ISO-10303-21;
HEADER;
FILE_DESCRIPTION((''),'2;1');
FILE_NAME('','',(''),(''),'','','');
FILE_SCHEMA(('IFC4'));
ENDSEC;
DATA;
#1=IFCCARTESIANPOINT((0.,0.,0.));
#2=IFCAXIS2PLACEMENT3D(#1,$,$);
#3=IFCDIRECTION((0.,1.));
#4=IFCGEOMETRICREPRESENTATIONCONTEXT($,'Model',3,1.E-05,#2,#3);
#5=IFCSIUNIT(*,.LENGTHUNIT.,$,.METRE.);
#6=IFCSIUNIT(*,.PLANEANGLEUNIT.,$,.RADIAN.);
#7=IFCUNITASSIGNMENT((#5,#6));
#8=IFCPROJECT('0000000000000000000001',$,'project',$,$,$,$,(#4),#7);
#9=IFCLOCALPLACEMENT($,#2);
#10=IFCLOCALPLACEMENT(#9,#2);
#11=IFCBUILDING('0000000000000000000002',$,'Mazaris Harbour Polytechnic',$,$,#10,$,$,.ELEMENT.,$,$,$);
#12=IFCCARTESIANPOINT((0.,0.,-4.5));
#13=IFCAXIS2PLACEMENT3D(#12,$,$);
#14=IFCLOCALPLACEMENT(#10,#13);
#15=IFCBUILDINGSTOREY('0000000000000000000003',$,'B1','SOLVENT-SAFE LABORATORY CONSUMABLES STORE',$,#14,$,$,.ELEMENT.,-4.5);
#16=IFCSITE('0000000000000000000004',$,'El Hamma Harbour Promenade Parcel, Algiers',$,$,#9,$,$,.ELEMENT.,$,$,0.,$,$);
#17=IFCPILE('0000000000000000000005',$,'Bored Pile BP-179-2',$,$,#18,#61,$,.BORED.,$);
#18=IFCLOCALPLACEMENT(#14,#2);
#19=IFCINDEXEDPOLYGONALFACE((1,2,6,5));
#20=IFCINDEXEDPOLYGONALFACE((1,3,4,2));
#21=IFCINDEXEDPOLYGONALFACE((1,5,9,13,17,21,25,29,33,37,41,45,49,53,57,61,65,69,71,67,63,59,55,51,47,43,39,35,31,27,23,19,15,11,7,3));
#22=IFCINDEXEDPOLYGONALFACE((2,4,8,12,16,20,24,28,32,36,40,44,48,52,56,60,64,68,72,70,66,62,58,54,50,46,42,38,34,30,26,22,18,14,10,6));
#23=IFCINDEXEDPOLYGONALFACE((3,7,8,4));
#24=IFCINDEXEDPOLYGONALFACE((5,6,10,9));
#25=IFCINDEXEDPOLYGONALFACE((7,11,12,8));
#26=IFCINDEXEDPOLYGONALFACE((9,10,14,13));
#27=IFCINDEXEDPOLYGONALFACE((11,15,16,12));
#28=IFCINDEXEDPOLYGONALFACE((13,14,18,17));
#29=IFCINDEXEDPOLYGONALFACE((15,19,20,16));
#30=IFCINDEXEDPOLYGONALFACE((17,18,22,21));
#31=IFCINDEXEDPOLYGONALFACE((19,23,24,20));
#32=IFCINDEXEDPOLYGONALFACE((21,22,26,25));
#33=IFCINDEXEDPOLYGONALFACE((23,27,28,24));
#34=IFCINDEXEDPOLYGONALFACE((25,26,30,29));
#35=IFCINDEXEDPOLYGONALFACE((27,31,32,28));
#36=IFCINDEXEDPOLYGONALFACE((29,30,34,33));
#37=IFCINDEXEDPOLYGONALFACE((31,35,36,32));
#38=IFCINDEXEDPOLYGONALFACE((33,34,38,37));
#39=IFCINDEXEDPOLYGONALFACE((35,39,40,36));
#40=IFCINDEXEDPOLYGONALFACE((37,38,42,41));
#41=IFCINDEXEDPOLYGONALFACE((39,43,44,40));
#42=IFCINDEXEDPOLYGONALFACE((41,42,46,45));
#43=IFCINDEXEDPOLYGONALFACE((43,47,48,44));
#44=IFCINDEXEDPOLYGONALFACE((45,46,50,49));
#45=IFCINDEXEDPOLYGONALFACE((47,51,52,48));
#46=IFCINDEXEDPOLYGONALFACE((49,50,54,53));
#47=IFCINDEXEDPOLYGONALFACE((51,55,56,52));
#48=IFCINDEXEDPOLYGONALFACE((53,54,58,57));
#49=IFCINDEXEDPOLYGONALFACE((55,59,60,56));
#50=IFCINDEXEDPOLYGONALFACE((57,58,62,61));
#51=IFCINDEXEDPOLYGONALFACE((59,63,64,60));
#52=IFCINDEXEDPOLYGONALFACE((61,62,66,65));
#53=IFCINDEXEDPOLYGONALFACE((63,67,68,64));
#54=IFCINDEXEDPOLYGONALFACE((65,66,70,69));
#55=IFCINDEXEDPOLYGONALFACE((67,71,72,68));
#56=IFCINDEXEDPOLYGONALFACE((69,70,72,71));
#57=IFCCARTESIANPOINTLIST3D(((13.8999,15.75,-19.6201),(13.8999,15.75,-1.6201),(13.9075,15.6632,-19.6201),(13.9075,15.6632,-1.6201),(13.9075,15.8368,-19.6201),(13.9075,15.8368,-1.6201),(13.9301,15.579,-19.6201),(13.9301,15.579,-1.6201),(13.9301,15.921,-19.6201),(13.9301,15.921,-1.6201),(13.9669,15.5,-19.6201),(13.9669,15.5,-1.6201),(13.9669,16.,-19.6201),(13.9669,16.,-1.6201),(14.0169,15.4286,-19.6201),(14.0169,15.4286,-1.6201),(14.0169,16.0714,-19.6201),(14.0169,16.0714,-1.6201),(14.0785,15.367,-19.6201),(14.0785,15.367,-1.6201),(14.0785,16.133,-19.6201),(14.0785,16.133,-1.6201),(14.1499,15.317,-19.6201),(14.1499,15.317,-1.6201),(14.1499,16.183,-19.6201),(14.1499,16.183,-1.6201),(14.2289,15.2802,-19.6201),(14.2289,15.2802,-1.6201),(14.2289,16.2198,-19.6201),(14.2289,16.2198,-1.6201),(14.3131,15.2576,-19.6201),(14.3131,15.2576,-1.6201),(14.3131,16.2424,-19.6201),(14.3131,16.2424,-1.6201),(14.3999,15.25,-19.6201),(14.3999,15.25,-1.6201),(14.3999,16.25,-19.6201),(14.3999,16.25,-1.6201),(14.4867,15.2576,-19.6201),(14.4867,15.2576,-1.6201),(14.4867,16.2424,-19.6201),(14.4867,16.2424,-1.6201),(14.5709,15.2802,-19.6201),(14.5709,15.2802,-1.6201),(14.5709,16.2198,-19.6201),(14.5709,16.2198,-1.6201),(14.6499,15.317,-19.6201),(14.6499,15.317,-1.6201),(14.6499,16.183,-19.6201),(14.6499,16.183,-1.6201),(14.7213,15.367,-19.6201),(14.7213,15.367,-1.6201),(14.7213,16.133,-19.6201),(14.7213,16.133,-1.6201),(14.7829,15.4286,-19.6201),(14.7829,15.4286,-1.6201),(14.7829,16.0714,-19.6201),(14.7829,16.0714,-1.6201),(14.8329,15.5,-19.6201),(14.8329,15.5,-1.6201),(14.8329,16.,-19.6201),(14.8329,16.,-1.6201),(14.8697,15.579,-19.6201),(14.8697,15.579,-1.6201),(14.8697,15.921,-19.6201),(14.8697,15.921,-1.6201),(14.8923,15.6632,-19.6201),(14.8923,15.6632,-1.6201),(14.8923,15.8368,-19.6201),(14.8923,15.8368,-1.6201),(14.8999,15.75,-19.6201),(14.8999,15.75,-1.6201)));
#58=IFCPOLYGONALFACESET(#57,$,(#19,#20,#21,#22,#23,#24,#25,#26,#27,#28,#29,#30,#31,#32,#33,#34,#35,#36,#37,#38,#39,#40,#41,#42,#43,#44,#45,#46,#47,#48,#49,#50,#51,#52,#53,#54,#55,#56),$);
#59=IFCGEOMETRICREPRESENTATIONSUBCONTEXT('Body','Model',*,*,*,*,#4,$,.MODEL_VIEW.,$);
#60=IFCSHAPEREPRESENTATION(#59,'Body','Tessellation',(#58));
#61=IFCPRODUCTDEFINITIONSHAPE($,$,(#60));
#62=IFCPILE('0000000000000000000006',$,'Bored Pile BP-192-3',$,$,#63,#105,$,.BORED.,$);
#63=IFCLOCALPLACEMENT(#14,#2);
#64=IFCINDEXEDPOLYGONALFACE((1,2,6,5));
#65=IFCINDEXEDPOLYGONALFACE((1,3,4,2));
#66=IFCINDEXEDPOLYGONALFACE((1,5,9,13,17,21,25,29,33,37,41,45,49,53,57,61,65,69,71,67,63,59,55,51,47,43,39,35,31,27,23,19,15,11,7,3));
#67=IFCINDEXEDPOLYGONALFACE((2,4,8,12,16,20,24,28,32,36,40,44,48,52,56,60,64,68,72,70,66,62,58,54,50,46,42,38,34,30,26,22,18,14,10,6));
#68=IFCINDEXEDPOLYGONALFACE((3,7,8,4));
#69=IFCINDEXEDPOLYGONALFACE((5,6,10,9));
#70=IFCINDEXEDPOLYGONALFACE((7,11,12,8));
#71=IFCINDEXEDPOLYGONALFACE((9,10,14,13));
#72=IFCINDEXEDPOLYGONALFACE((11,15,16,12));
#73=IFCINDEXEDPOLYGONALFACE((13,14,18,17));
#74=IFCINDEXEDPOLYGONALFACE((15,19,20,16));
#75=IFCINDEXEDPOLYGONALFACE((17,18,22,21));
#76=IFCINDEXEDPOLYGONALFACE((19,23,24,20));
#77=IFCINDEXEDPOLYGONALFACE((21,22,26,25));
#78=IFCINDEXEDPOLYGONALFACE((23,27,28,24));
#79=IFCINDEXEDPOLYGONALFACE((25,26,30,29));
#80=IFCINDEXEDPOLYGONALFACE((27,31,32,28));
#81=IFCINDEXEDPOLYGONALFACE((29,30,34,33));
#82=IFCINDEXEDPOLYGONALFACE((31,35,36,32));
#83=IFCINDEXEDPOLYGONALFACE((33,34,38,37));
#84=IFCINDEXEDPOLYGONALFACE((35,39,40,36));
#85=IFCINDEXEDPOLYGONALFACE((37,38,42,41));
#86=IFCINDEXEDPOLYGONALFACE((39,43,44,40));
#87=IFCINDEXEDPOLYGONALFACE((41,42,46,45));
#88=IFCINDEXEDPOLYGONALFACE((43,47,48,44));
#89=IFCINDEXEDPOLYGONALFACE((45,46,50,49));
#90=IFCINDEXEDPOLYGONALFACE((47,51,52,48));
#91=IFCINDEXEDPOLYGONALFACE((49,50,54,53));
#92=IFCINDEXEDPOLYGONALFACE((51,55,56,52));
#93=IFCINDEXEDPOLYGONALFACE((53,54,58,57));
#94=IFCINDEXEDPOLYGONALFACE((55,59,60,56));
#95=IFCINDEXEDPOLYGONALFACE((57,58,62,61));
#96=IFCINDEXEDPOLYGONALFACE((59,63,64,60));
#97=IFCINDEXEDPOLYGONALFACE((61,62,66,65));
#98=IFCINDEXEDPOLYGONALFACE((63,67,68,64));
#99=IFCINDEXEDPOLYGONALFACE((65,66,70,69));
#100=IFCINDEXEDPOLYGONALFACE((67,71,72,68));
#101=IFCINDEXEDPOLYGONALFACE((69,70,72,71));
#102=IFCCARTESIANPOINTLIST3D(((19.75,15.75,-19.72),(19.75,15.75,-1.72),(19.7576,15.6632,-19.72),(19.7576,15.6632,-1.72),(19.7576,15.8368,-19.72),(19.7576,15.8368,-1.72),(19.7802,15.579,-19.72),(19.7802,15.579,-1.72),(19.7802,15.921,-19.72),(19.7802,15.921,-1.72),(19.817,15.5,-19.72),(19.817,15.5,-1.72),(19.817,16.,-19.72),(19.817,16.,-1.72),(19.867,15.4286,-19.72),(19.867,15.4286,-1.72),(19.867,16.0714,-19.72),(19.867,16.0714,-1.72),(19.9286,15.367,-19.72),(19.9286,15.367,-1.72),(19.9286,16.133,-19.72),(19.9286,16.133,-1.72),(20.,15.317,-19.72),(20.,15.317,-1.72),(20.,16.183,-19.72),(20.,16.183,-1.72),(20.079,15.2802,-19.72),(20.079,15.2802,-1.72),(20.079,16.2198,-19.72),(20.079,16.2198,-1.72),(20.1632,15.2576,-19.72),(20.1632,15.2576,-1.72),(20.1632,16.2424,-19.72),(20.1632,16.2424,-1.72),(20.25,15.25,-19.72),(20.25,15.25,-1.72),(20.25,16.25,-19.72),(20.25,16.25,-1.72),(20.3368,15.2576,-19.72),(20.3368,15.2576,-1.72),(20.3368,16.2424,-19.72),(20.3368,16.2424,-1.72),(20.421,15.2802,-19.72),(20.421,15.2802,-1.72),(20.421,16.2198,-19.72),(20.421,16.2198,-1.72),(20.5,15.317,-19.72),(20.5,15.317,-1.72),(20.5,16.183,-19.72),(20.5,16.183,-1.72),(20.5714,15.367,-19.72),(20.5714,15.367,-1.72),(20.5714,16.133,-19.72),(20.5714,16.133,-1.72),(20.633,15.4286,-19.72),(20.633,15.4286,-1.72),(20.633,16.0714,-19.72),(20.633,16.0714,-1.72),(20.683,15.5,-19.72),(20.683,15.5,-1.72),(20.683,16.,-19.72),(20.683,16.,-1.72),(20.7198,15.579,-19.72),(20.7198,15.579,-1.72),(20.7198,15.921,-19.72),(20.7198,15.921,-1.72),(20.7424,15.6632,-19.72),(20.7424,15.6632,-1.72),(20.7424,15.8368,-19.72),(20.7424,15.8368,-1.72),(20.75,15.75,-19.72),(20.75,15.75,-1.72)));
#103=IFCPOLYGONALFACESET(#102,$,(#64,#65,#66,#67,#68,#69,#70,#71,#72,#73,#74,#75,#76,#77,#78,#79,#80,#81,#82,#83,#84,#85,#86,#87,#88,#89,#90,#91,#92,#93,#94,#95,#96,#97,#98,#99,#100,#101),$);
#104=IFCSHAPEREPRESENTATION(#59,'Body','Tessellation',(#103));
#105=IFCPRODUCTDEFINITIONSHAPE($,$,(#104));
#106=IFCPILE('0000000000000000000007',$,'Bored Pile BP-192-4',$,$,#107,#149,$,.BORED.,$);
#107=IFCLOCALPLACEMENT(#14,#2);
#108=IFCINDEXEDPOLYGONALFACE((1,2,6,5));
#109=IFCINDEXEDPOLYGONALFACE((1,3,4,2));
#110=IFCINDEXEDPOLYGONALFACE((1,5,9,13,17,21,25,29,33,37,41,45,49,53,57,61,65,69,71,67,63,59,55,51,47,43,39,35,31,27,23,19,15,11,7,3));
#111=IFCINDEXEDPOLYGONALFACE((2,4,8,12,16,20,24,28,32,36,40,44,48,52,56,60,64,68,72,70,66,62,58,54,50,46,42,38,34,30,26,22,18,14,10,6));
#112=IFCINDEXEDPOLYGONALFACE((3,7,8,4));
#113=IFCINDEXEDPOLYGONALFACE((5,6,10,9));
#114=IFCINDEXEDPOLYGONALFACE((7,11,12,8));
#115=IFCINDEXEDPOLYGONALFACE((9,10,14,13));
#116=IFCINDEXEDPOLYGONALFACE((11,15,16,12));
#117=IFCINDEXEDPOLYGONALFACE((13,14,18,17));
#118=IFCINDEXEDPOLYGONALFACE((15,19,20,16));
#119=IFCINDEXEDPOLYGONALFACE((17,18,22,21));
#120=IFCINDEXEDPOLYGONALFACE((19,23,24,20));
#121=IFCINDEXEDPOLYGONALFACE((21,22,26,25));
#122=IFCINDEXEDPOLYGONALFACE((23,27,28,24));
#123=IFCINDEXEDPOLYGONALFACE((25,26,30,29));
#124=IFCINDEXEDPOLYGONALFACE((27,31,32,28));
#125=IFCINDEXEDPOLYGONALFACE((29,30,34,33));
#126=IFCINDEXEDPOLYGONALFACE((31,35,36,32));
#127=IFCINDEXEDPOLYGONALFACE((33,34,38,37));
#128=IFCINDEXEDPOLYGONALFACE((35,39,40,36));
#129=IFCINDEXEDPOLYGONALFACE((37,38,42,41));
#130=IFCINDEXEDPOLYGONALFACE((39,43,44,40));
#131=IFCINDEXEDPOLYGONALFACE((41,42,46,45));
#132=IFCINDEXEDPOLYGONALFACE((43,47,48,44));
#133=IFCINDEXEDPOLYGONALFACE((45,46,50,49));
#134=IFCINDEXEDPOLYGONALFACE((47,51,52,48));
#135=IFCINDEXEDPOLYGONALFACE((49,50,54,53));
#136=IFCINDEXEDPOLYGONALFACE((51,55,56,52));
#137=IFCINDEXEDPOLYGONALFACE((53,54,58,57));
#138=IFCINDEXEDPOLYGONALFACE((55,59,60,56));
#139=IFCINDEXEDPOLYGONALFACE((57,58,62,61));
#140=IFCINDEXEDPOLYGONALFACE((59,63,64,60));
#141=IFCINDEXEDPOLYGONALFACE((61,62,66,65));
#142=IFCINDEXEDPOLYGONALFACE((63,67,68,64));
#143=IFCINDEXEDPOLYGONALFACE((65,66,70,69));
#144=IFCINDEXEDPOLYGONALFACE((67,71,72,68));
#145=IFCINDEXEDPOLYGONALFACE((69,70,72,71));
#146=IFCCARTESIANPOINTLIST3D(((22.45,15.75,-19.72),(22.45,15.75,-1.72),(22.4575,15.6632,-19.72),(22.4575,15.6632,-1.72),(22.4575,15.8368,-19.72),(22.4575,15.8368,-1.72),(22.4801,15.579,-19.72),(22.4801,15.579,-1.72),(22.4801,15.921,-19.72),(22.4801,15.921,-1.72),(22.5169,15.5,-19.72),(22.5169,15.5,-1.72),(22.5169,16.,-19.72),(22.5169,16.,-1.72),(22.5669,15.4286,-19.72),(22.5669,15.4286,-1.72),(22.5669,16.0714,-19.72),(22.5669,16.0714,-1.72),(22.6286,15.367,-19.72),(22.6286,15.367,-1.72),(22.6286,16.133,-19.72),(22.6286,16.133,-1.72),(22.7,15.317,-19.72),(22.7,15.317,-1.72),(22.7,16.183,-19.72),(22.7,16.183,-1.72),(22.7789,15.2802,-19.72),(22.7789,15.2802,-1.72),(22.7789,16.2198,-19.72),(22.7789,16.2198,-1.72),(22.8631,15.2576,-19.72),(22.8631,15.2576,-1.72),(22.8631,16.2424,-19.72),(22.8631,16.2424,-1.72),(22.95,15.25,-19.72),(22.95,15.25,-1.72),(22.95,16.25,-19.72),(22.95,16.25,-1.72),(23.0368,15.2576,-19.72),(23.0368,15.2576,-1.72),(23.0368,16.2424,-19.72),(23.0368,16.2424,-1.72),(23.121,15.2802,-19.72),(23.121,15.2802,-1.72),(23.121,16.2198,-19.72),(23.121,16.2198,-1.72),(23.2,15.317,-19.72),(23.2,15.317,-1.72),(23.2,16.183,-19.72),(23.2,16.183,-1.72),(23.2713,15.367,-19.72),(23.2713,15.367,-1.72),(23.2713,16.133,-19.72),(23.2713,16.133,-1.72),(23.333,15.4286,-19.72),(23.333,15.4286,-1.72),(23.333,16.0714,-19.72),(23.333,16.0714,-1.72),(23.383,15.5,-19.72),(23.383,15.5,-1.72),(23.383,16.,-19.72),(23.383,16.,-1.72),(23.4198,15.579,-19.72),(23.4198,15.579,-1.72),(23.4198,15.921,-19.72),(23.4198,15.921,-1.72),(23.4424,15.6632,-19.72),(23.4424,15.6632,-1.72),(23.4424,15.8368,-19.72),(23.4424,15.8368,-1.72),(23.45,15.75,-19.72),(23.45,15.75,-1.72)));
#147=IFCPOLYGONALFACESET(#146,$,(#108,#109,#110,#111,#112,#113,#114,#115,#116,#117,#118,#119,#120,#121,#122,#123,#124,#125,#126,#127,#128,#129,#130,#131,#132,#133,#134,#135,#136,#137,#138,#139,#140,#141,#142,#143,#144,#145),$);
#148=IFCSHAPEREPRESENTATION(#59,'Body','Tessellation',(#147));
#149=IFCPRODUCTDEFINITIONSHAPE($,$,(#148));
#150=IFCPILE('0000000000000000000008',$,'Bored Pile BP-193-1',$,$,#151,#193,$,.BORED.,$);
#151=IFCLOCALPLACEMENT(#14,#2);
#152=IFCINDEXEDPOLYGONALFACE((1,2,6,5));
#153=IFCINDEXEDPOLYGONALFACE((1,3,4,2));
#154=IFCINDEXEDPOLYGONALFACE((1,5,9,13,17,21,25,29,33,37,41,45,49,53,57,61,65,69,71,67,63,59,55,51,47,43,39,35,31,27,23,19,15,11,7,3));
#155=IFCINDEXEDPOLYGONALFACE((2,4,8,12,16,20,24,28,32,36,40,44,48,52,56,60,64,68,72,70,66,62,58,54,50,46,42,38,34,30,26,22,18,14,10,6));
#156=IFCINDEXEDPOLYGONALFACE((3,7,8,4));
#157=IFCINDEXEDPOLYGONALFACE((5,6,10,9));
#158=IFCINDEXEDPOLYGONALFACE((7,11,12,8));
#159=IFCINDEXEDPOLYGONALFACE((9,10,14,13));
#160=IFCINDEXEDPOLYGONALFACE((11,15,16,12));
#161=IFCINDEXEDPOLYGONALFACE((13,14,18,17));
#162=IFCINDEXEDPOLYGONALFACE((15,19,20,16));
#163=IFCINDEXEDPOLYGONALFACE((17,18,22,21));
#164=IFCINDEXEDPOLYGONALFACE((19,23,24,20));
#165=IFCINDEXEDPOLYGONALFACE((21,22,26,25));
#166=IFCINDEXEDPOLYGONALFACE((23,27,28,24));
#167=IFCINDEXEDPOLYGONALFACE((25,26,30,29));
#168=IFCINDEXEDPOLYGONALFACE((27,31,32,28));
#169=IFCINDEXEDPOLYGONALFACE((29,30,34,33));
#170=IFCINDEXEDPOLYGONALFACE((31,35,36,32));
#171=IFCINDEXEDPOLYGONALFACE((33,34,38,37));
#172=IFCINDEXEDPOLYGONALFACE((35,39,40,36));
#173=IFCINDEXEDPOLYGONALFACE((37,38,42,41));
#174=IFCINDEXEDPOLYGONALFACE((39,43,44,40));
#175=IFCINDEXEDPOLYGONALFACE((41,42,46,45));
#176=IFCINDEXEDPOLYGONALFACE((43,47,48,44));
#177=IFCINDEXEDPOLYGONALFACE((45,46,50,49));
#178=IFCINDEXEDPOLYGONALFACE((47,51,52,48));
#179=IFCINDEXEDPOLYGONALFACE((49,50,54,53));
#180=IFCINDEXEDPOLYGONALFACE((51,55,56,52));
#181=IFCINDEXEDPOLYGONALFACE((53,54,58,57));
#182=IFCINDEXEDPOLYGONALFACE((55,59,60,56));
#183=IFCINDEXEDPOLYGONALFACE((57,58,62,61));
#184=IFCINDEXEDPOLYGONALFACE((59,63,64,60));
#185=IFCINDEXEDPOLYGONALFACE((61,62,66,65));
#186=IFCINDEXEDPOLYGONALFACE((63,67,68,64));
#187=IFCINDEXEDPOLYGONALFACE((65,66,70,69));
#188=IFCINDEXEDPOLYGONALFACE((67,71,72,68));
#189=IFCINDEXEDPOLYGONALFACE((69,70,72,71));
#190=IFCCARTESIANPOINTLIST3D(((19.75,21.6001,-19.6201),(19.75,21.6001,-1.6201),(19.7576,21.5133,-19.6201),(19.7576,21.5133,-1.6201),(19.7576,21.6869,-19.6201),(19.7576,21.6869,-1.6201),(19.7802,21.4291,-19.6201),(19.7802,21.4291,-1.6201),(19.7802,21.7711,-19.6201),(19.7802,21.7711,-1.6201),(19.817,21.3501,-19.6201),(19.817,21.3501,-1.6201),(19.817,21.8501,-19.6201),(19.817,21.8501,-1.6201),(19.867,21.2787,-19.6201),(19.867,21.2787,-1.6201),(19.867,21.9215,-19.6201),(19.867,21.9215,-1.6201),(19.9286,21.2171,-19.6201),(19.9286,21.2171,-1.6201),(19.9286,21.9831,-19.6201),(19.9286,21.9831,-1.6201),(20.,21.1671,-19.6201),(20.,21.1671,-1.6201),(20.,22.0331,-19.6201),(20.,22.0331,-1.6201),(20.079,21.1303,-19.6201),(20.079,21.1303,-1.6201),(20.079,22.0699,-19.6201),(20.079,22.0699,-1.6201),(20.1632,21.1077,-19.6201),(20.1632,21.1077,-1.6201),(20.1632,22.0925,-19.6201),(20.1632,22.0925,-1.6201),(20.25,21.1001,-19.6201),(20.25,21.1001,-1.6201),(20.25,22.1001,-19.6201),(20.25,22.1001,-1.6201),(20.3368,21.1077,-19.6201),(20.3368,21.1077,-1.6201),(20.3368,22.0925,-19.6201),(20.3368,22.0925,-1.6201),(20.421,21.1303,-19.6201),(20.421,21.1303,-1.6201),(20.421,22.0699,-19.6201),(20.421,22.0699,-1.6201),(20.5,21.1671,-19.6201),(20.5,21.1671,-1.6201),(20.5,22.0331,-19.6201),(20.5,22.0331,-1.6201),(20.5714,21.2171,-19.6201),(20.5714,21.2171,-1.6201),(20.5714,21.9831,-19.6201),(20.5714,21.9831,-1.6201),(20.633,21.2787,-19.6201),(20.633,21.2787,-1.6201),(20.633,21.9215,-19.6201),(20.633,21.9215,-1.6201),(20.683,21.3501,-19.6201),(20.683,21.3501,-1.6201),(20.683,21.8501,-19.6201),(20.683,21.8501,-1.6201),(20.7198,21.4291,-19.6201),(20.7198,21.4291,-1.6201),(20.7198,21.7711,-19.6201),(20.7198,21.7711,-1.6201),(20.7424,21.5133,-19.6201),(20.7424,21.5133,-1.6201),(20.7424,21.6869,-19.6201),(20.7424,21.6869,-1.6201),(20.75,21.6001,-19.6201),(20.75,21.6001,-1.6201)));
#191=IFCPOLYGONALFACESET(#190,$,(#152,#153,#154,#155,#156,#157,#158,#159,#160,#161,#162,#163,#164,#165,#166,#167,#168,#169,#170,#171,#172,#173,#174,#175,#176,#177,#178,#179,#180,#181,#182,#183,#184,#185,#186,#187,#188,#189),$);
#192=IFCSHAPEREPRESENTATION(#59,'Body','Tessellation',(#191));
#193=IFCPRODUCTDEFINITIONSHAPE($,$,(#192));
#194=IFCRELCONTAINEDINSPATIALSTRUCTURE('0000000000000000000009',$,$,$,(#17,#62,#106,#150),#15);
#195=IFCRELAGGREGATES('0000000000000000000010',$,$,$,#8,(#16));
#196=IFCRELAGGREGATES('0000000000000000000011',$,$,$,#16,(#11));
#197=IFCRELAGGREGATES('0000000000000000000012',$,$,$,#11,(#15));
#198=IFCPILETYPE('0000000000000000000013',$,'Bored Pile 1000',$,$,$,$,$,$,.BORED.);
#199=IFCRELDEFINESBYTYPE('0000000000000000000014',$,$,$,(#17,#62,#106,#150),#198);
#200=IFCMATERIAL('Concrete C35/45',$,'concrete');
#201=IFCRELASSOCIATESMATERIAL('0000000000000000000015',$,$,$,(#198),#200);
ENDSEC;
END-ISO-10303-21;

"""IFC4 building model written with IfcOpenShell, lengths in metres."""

from ifc_helpers import new_model, si_unit, direction, frame, origin, origin_2d, place, context, subcontext, project, spatial, circle, extrude, material, material_profile, profile_set, type_object, element, save


model = new_model("IFC4")

# Units and contexts
model_context = context("Model", 3, precision=1e-05, world=origin(), true_north=direction((0.0, 1.0)))
body_context = subcontext(model_context, "Body", "Model", "MODEL_VIEW")
ifc_project = project(units=[si_unit("LENGTHUNIT", "METRE"), si_unit("PLANEANGLEUNIT", "RADIAN")], contexts=[model_context])

# Site, building, storey
site_placement = place(None, origin())
site = spatial("IfcSite", under=ifc_project, at=site_placement, Name="El Hamma Harbour Promenade Parcel, Algiers", CompositionType="ELEMENT", RefElevation=0.0)
building_placement = place(site_placement, origin())
building = spatial("IfcBuilding", under=site, at=building_placement, Name="Mazaris Harbour Polytechnic", CompositionType="ELEMENT")
storey_placement = place(building_placement, frame((0.0, 0.0, -4.5)))
storey = spatial("IfcBuildingStorey", under=building, at=storey_placement, Name="B1", Description="SOLVENT-SAFE LABORATORY CONSUMABLES STORE", CompositionType="ELEMENT", Elevation=-4.5)

# Piles
ifc_material_1 = material(Name="Concrete C35/45", Category="concrete")
ifc_material_profile_1 = material_profile(ifc_material_1, circle(Radius=0.5, at=origin_2d()), Name="DIA1000")
ifc_profile_set_1 = profile_set([ifc_material_profile_1], Name="Concrete C35/45")
pile_type_1 = type_object("IfcPileType", Name="Bored Pile 1000", PredefinedType="BORED", material=ifc_profile_set_1)
for number, where, z_axis, x_axis, name in (
    (1, (14.3999, 15.75, -1.6201), (0.0, 0.0, -1.0), (1.0, 0.0, 0.0), "Bored Pile BP-179-2"),
    (2, (20.25, 15.75, -1.72), (0.0, 0.0, -1.0), (1.0, 0.0, 0.0), "Bored Pile BP-192-3"),
    (3, (22.95, 15.75, -1.72), (0.0, 0.0, -1.0), (1.0, 0.0, 0.0), "Bored Pile BP-192-4"),
    (4, (20.25, 21.6001, -1.6201), (0.0, 0.0, -1.0), (1.0, 0.0, 0.0), "Bored Pile BP-193-1"),
):
    element("IfcPile", number, at=place(storey_placement, frame(where, z_axis=z_axis, x_axis=x_axis)), inside=storey, type_object=pile_type_1, Name=name, PredefinedType="BORED", context=body_context, shape_type="SweptSolid", body=[
        extrude(circle(Radius=0.5, at=origin_2d()), origin(), (0.0, 0.0, 1.0), 18.0),
    ])

save(model, "model.ifc")
